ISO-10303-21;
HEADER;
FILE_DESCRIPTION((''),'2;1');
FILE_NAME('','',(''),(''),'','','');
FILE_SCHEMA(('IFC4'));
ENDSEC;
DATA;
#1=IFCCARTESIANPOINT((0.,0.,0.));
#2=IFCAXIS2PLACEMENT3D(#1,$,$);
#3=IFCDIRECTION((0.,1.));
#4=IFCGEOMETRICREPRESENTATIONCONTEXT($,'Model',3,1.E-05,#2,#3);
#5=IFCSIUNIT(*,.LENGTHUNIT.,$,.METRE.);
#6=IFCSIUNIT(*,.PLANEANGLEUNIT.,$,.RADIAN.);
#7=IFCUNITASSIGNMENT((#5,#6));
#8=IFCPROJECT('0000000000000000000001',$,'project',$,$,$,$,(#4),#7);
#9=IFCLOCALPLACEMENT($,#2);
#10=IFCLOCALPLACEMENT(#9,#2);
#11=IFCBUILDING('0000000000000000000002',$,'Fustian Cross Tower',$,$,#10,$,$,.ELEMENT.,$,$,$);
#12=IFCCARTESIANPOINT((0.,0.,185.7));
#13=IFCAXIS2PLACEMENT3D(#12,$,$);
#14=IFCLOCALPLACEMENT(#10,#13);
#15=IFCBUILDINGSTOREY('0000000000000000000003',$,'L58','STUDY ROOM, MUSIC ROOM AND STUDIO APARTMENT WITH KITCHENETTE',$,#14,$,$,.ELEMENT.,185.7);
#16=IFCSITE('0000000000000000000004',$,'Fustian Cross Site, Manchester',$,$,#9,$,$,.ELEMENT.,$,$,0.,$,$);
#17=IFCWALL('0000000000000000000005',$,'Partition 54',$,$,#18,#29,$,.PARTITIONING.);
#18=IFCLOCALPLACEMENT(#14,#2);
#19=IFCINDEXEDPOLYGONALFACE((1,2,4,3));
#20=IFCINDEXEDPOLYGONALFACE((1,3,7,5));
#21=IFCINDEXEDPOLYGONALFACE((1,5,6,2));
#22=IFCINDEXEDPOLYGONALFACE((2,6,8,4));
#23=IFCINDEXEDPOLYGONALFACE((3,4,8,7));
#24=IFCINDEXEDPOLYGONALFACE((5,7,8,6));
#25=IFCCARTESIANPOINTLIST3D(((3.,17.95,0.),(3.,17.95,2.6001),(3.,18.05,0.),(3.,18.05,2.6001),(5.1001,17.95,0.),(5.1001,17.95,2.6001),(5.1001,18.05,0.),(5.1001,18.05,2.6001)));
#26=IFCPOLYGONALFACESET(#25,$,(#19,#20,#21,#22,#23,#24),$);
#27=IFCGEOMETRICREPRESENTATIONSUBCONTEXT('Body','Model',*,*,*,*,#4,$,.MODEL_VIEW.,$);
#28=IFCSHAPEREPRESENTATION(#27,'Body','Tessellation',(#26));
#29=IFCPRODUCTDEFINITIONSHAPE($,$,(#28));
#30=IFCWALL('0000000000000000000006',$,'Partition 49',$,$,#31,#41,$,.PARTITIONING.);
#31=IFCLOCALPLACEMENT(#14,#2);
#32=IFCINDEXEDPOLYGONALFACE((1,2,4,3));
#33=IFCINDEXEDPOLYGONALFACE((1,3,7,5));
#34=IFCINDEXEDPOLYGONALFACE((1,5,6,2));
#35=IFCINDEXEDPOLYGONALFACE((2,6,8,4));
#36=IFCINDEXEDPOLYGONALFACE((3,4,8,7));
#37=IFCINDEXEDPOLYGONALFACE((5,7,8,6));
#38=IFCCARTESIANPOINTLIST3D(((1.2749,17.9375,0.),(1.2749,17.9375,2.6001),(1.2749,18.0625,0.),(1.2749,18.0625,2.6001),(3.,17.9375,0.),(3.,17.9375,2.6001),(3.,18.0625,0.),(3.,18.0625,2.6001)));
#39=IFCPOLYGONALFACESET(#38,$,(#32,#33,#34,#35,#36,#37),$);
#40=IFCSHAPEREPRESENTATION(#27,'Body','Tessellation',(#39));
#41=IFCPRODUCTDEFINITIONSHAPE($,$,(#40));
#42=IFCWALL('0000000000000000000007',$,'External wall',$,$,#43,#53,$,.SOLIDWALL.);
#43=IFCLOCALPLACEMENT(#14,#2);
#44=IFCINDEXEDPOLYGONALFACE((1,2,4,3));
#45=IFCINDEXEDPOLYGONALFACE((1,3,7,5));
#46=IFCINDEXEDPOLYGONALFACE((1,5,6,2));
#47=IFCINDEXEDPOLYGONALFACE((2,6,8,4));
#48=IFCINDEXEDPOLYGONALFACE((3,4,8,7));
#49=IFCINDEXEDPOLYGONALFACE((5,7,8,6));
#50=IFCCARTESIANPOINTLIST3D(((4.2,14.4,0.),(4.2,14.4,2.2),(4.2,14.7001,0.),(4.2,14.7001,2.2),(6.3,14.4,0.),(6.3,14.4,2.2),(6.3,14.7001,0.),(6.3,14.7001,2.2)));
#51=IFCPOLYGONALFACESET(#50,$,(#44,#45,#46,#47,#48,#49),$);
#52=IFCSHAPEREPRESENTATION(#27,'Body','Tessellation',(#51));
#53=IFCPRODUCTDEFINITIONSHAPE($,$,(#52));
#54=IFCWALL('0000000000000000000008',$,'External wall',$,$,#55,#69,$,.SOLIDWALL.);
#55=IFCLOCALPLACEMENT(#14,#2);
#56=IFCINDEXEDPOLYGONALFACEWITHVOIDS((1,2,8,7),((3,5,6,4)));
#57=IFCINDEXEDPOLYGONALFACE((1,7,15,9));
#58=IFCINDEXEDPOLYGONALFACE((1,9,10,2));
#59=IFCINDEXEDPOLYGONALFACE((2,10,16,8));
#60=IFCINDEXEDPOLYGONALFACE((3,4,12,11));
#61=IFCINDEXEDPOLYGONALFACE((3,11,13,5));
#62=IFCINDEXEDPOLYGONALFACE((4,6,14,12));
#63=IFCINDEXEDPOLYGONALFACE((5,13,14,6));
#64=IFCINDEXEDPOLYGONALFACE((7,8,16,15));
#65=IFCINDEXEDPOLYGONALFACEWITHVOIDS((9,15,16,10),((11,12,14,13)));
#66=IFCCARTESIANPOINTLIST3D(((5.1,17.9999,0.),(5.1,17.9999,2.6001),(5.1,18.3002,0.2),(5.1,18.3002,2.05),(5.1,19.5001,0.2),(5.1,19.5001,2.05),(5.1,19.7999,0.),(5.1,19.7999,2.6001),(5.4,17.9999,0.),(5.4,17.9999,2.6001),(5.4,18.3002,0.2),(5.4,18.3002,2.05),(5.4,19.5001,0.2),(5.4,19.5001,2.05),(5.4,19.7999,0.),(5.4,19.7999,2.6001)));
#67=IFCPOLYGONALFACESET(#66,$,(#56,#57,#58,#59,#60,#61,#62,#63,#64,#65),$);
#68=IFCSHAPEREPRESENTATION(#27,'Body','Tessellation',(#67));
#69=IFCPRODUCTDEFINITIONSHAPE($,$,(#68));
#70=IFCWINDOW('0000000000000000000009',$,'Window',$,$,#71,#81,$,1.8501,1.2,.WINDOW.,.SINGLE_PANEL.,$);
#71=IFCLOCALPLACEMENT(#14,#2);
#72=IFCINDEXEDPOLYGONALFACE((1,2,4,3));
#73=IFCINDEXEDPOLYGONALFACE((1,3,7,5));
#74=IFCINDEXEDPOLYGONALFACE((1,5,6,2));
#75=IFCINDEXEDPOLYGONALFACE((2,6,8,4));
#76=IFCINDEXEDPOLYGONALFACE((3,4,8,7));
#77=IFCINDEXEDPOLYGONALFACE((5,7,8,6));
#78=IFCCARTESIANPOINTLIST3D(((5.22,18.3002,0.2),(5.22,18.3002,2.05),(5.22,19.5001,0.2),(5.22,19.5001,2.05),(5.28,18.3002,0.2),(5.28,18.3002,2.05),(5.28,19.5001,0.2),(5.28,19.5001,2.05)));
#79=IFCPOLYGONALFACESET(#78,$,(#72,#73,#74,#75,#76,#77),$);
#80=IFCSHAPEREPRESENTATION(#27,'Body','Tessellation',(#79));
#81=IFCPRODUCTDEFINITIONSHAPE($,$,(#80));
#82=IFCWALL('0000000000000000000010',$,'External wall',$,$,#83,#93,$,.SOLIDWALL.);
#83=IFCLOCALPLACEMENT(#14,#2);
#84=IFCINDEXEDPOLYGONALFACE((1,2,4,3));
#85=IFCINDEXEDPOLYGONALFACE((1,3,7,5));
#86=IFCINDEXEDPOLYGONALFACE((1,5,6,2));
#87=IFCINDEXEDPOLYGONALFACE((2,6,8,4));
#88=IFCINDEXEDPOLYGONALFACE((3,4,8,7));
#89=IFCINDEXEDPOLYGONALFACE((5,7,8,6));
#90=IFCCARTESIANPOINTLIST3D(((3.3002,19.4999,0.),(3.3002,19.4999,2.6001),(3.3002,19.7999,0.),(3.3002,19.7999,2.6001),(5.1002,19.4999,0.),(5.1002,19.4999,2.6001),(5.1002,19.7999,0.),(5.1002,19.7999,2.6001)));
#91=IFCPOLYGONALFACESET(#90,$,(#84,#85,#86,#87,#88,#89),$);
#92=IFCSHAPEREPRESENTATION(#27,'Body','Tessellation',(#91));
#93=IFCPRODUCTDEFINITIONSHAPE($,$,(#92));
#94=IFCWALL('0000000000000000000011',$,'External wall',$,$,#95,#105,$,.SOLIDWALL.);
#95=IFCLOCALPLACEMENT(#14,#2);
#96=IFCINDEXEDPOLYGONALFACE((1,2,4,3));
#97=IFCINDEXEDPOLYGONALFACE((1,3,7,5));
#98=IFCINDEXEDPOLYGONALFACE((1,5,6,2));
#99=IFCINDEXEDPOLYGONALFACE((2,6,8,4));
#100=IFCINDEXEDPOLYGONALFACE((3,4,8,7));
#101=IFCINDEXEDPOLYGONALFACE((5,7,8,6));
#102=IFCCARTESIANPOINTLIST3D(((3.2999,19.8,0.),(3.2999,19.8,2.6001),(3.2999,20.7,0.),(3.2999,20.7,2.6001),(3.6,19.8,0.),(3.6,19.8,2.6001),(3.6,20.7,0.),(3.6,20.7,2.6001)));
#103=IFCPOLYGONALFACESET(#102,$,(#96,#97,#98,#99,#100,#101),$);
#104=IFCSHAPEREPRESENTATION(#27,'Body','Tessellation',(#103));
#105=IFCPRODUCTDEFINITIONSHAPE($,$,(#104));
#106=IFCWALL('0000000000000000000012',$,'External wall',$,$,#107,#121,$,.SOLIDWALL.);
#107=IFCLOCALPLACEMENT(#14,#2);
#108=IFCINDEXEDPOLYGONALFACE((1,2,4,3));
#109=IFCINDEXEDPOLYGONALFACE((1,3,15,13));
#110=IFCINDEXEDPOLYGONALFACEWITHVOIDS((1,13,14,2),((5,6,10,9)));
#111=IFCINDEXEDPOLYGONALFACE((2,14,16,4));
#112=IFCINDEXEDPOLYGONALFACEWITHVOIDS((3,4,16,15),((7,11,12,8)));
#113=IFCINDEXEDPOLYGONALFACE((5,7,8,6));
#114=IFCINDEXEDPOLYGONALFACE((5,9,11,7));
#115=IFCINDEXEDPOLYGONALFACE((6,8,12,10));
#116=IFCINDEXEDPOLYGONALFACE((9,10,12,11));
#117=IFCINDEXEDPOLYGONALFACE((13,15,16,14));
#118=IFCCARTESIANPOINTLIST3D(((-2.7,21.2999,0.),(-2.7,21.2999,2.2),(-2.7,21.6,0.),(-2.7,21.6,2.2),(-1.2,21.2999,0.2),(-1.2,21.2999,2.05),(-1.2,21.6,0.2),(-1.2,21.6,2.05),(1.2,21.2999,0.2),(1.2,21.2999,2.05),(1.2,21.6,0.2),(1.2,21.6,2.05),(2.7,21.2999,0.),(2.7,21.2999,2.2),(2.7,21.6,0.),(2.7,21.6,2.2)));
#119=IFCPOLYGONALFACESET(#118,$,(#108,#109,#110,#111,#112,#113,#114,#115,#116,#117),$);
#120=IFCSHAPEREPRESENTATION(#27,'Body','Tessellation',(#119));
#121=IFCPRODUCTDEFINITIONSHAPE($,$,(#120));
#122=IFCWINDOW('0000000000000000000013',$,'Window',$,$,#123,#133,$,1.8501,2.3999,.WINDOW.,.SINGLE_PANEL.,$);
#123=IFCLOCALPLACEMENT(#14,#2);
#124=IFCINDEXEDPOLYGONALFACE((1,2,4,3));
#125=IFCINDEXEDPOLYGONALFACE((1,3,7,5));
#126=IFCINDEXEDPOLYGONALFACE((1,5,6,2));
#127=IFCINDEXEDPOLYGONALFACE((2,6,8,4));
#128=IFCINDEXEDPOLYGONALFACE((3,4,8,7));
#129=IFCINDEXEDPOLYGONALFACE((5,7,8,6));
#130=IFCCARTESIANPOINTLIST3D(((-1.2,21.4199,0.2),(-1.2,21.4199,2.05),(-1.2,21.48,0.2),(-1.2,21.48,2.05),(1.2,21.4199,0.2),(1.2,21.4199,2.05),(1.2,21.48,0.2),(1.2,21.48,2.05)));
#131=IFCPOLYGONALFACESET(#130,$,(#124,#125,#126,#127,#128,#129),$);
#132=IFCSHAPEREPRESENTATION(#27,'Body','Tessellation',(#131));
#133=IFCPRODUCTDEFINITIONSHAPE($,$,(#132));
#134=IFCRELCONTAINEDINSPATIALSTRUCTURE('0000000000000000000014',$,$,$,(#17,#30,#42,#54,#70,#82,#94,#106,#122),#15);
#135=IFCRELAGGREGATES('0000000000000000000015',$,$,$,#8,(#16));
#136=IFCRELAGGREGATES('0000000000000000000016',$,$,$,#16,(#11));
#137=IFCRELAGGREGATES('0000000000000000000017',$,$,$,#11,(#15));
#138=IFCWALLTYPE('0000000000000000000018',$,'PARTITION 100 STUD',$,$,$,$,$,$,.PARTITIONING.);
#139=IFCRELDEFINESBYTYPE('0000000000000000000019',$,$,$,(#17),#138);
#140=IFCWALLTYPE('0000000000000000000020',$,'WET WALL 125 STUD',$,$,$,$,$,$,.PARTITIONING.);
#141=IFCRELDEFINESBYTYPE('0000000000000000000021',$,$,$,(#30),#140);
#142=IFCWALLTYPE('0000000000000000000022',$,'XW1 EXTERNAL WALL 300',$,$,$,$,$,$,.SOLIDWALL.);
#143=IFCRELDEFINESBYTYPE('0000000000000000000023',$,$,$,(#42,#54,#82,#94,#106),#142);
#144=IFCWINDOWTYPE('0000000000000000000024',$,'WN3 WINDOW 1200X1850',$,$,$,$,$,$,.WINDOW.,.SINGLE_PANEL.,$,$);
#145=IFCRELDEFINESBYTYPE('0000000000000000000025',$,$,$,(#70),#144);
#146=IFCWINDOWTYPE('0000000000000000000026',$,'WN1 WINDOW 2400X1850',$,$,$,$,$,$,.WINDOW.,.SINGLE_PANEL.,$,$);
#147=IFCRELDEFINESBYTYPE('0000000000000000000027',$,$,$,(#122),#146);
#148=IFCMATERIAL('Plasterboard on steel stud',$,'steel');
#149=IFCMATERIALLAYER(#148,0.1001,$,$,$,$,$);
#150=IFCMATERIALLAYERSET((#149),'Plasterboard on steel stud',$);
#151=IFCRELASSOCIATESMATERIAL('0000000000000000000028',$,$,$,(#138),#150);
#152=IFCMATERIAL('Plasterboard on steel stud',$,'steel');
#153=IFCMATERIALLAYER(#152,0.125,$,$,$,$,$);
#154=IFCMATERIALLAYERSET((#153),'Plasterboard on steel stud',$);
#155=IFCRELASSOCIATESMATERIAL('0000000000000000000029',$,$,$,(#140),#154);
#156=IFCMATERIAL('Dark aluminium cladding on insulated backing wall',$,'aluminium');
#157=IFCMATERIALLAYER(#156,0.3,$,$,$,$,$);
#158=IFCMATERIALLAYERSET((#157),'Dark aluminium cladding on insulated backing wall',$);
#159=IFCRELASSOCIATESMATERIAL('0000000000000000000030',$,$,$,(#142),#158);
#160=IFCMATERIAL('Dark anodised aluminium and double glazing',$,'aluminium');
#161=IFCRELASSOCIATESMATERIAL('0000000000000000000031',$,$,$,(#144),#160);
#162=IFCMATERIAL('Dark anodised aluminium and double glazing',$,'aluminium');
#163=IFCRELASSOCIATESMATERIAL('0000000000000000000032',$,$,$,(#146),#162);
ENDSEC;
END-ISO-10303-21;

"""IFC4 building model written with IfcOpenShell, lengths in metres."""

from ifc_helpers import new_model, si_unit, direction, frame, frame_2d, origin, place, context, subcontext, project, spatial, rectangle, extrude, material, layer, layer_set, type_object, element, fill, save


model = new_model("IFC4")

# Units and contexts
model_context = context("Model", 3, precision=1e-05, world=origin(), true_north=direction((0.0, 1.0)))
body_context = subcontext(model_context, "Body", "Model", "MODEL_VIEW")
ifc_project = project(units=[si_unit("LENGTHUNIT", "METRE"), si_unit("PLANEANGLEUNIT", "RADIAN")], contexts=[model_context])

# Site, building, storey
site_placement = place(None, origin())
site = spatial("IfcSite", under=ifc_project, at=site_placement, Name="Fustian Cross Site, Manchester", CompositionType="ELEMENT", RefElevation=0.0)
building_placement = place(site_placement, origin())
building = spatial("IfcBuilding", under=site, at=building_placement, Name="Fustian Cross Tower", CompositionType="ELEMENT")
storey_placement = place(building_placement, frame((0.0, 0.0, 185.7)))
storey = spatial("IfcBuildingStorey", under=building, at=storey_placement, Name="L58", Description="STUDY ROOM, MUSIC ROOM AND STUDIO APARTMENT WITH KITCHENETTE", CompositionType="ELEMENT", Elevation=185.7)

# Shared definitions
ifc_material_1 = material(Name="Plasterboard on steel stud", Category="steel")
ifc_layer_1 = layer(ifc_material_1, 0.1001)
ifc_layer_set_1 = layer_set([ifc_layer_1], Name="Plasterboard on steel stud")
wall_type_1 = type_object("IfcWallType", Name="PARTITION 100 STUD", PredefinedType="PARTITIONING", material=ifc_layer_set_1)

# Walls
wall_1_placement = place(storey_placement, frame((3.0, 18.0, 0.0), z_axis=(0.0, 0.0, 1.0), x_axis=(1.0, 0.0, 0.0)))
element("IfcWall", 1, at=wall_1_placement, inside=storey, type_object=wall_type_1, Name="Partition 54", PredefinedType="PARTITIONING", context=body_context, shape_type="SweptSolid", body=[
    extrude(rectangle(XDim=2.1001, YDim=0.1001, at=frame_2d((1.05, 0.0))), origin(), (0.0, 0.0, 1.0), 2.6001),
])
ifc_material_2 = material(Name="Plasterboard on steel stud", Category="steel")
ifc_layer_2 = layer(ifc_material_2, 0.125)
ifc_layer_set_2 = layer_set([ifc_layer_2], Name="Plasterboard on steel stud")
wall_type_2 = type_object("IfcWallType", Name="WET WALL 125 STUD", PredefinedType="PARTITIONING", material=ifc_layer_set_2)
wall_2_placement = place(storey_placement, frame((1.2749, 18.0, 0.0), z_axis=(0.0, 0.0, 1.0), x_axis=(1.0, 0.0, 0.0)))
element("IfcWall", 2, at=wall_2_placement, inside=storey, type_object=wall_type_2, Name="Partition 49", PredefinedType="PARTITIONING", context=body_context, shape_type="SweptSolid", body=[
    extrude(rectangle(XDim=1.7251, YDim=0.125, at=frame_2d((0.8625, 0.0))), origin(), (0.0, 0.0, 1.0), 2.6001),
])
ifc_material_3 = material(Name="Dark aluminium cladding on insulated backing wall", Category="aluminium")
ifc_layer_3 = layer(ifc_material_3, 0.3)
ifc_layer_set_3 = layer_set([ifc_layer_3], Name="Dark aluminium cladding on insulated backing wall")
wall_type_3 = type_object("IfcWallType", Name="XW1 EXTERNAL WALL 300", PredefinedType="SOLIDWALL", material=ifc_layer_set_3)
wall_3_placement = place(storey_placement, frame((4.2, 14.55, 0.0), z_axis=(0.0, 0.0, 1.0), x_axis=(1.0, 0.0, 0.0)))
element("IfcWall", 3, at=wall_3_placement, inside=storey, type_object=wall_type_3, Name="External wall", PredefinedType="SOLIDWALL", context=body_context, shape_type="SweptSolid", body=[
    extrude(rectangle(XDim=2.1001, YDim=0.3, at=frame_2d((1.05, 0.0))), origin(), (0.0, 0.0, 1.0), 2.2),
])

# Wall, opening, window
wall_4_placement = place(storey_placement, frame((5.25, 18.0, 0.0), z_axis=(0.0, 0.0, 1.0), x_axis=(0.0, 1.0, 0.0)))
wall_4 = element("IfcWall", 4, at=wall_4_placement, inside=storey, type_object=wall_type_3, Name="External wall", PredefinedType="SOLIDWALL", context=body_context, shape_type="SweptSolid", body=[
    extrude(rectangle(XDim=1.8, YDim=0.3, at=frame_2d((0.8999, 0.0))), origin(), (0.0, 0.0, 1.0), 2.6001),
])
opening_1_placement = place(wall_4_placement, frame((0.3, 0.0, 0.2)))
opening_1 = element("IfcOpeningElement", 5, at=opening_1_placement, cuts=wall_4, PredefinedType="OPENING", context=body_context, shape_type="SweptSolid", body=[
    extrude(rectangle(XDim=1.2, YDim=1.8501, at=frame_2d((0.6001, 0.925))), frame((0.0, 0.1599, 0.0), z_axis=(0.0, -1.0, 0.0), x_axis=(1.0, 0.0, 0.0)), (0.0, 0.0, 1.0), 0.3201),
])
ifc_material_4 = material(Name="Dark anodised aluminium and double glazing", Category="aluminium")
window_type_1 = type_object("IfcWindowType", Name="WN3 WINDOW 1200X1850", PartitioningType="SINGLE_PANEL", PredefinedType="WINDOW", material=ifc_material_4)
window_1_placement = place(opening_1_placement, origin())
window_1 = element("IfcWindow", 6, at=window_1_placement, inside=storey, type_object=window_type_1, Name="Window", OverallHeight=1.8501, OverallWidth=1.2, PartitioningType="SINGLE_PANEL", PredefinedType="WINDOW", context=body_context, shape_type="SweptSolid", body=[
    extrude(rectangle(XDim=1.2, YDim=1.8501, at=frame_2d((0.6001, 0.925))), frame((0.0, 0.03, 0.0), z_axis=(0.0, -1.0, 0.0), x_axis=(1.0, 0.0, 0.0)), (0.0, 0.0, 1.0), 0.0601),
])
fill(opening_1, window_1)

# Walls
wall_5_placement = place(storey_placement, frame((5.1001, 19.6499, 0.0), z_axis=(0.0, 0.0, 1.0), x_axis=(-1.0, 0.0, 0.0)))
element("IfcWall", 7, at=wall_5_placement, inside=storey, type_object=wall_type_3, Name="External wall", PredefinedType="SOLIDWALL", context=body_context, shape_type="SweptSolid", body=[
    extrude(rectangle(XDim=1.8, YDim=0.3, at=frame_2d((0.8999, 0.0))), origin(), (0.0, 0.0, 1.0), 2.6001),
])
wall_6_placement = place(storey_placement, frame((3.45, 19.8, 0.0), z_axis=(0.0, 0.0, 1.0), x_axis=(0.0, 1.0, 0.0)))
element("IfcWall", 8, at=wall_6_placement, inside=storey, type_object=wall_type_3, Name="External wall", PredefinedType="SOLIDWALL", context=body_context, shape_type="SweptSolid", body=[
    extrude(rectangle(XDim=0.8999, YDim=0.3, at=frame_2d((0.45, 0.0))), origin(), (0.0, 0.0, 1.0), 2.6001),
])

# Wall, opening, window
wall_7_placement = place(storey_placement, frame((2.7, 21.45, 0.0), z_axis=(0.0, 0.0, 1.0), x_axis=(-1.0, 0.0, 0.0)))
wall_7 = element("IfcWall", 9, at=wall_7_placement, inside=storey, type_object=wall_type_3, Name="External wall", PredefinedType="SOLIDWALL", context=body_context, shape_type="SweptSolid", body=[
    extrude(rectangle(XDim=5.3999, YDim=0.3, at=frame_2d((2.7, 0.0))), origin(), (0.0, 0.0, 1.0), 2.2),
])
opening_2_placement = place(wall_7_placement, frame((1.5, 0.0, 0.2)))
opening_2 = element("IfcOpeningElement", 10, at=opening_2_placement, cuts=wall_7, PredefinedType="OPENING", context=body_context, shape_type="SweptSolid", body=[
    extrude(rectangle(XDim=2.3999, YDim=1.8501, at=frame_2d((1.2, 0.925))), frame((0.0, 0.1599, 0.0), z_axis=(0.0, -1.0, 0.0), x_axis=(1.0, 0.0, 0.0)), (0.0, 0.0, 1.0), 0.3201),
])
ifc_material_5 = material(Name="Dark anodised aluminium and double glazing", Category="aluminium")
window_type_2 = type_object("IfcWindowType", Name="WN1 WINDOW 2400X1850", PartitioningType="SINGLE_PANEL", PredefinedType="WINDOW", material=ifc_material_5)
window_2_placement = place(opening_2_placement, origin())
window_2 = element("IfcWindow", 11, at=window_2_placement, inside=storey, type_object=window_type_2, Name="Window", OverallHeight=1.8501, OverallWidth=2.3999, PartitioningType="SINGLE_PANEL", PredefinedType="WINDOW", context=body_context, shape_type="SweptSolid", body=[
    extrude(rectangle(XDim=2.3999, YDim=1.8501, at=frame_2d((1.2, 0.925))), frame((0.0, 0.03, 0.0), z_axis=(0.0, -1.0, 0.0), x_axis=(1.0, 0.0, 0.0)), (0.0, 0.0, 1.0), 0.0601),
])
fill(opening_2, window_2)

save(model, "model.ifc")
